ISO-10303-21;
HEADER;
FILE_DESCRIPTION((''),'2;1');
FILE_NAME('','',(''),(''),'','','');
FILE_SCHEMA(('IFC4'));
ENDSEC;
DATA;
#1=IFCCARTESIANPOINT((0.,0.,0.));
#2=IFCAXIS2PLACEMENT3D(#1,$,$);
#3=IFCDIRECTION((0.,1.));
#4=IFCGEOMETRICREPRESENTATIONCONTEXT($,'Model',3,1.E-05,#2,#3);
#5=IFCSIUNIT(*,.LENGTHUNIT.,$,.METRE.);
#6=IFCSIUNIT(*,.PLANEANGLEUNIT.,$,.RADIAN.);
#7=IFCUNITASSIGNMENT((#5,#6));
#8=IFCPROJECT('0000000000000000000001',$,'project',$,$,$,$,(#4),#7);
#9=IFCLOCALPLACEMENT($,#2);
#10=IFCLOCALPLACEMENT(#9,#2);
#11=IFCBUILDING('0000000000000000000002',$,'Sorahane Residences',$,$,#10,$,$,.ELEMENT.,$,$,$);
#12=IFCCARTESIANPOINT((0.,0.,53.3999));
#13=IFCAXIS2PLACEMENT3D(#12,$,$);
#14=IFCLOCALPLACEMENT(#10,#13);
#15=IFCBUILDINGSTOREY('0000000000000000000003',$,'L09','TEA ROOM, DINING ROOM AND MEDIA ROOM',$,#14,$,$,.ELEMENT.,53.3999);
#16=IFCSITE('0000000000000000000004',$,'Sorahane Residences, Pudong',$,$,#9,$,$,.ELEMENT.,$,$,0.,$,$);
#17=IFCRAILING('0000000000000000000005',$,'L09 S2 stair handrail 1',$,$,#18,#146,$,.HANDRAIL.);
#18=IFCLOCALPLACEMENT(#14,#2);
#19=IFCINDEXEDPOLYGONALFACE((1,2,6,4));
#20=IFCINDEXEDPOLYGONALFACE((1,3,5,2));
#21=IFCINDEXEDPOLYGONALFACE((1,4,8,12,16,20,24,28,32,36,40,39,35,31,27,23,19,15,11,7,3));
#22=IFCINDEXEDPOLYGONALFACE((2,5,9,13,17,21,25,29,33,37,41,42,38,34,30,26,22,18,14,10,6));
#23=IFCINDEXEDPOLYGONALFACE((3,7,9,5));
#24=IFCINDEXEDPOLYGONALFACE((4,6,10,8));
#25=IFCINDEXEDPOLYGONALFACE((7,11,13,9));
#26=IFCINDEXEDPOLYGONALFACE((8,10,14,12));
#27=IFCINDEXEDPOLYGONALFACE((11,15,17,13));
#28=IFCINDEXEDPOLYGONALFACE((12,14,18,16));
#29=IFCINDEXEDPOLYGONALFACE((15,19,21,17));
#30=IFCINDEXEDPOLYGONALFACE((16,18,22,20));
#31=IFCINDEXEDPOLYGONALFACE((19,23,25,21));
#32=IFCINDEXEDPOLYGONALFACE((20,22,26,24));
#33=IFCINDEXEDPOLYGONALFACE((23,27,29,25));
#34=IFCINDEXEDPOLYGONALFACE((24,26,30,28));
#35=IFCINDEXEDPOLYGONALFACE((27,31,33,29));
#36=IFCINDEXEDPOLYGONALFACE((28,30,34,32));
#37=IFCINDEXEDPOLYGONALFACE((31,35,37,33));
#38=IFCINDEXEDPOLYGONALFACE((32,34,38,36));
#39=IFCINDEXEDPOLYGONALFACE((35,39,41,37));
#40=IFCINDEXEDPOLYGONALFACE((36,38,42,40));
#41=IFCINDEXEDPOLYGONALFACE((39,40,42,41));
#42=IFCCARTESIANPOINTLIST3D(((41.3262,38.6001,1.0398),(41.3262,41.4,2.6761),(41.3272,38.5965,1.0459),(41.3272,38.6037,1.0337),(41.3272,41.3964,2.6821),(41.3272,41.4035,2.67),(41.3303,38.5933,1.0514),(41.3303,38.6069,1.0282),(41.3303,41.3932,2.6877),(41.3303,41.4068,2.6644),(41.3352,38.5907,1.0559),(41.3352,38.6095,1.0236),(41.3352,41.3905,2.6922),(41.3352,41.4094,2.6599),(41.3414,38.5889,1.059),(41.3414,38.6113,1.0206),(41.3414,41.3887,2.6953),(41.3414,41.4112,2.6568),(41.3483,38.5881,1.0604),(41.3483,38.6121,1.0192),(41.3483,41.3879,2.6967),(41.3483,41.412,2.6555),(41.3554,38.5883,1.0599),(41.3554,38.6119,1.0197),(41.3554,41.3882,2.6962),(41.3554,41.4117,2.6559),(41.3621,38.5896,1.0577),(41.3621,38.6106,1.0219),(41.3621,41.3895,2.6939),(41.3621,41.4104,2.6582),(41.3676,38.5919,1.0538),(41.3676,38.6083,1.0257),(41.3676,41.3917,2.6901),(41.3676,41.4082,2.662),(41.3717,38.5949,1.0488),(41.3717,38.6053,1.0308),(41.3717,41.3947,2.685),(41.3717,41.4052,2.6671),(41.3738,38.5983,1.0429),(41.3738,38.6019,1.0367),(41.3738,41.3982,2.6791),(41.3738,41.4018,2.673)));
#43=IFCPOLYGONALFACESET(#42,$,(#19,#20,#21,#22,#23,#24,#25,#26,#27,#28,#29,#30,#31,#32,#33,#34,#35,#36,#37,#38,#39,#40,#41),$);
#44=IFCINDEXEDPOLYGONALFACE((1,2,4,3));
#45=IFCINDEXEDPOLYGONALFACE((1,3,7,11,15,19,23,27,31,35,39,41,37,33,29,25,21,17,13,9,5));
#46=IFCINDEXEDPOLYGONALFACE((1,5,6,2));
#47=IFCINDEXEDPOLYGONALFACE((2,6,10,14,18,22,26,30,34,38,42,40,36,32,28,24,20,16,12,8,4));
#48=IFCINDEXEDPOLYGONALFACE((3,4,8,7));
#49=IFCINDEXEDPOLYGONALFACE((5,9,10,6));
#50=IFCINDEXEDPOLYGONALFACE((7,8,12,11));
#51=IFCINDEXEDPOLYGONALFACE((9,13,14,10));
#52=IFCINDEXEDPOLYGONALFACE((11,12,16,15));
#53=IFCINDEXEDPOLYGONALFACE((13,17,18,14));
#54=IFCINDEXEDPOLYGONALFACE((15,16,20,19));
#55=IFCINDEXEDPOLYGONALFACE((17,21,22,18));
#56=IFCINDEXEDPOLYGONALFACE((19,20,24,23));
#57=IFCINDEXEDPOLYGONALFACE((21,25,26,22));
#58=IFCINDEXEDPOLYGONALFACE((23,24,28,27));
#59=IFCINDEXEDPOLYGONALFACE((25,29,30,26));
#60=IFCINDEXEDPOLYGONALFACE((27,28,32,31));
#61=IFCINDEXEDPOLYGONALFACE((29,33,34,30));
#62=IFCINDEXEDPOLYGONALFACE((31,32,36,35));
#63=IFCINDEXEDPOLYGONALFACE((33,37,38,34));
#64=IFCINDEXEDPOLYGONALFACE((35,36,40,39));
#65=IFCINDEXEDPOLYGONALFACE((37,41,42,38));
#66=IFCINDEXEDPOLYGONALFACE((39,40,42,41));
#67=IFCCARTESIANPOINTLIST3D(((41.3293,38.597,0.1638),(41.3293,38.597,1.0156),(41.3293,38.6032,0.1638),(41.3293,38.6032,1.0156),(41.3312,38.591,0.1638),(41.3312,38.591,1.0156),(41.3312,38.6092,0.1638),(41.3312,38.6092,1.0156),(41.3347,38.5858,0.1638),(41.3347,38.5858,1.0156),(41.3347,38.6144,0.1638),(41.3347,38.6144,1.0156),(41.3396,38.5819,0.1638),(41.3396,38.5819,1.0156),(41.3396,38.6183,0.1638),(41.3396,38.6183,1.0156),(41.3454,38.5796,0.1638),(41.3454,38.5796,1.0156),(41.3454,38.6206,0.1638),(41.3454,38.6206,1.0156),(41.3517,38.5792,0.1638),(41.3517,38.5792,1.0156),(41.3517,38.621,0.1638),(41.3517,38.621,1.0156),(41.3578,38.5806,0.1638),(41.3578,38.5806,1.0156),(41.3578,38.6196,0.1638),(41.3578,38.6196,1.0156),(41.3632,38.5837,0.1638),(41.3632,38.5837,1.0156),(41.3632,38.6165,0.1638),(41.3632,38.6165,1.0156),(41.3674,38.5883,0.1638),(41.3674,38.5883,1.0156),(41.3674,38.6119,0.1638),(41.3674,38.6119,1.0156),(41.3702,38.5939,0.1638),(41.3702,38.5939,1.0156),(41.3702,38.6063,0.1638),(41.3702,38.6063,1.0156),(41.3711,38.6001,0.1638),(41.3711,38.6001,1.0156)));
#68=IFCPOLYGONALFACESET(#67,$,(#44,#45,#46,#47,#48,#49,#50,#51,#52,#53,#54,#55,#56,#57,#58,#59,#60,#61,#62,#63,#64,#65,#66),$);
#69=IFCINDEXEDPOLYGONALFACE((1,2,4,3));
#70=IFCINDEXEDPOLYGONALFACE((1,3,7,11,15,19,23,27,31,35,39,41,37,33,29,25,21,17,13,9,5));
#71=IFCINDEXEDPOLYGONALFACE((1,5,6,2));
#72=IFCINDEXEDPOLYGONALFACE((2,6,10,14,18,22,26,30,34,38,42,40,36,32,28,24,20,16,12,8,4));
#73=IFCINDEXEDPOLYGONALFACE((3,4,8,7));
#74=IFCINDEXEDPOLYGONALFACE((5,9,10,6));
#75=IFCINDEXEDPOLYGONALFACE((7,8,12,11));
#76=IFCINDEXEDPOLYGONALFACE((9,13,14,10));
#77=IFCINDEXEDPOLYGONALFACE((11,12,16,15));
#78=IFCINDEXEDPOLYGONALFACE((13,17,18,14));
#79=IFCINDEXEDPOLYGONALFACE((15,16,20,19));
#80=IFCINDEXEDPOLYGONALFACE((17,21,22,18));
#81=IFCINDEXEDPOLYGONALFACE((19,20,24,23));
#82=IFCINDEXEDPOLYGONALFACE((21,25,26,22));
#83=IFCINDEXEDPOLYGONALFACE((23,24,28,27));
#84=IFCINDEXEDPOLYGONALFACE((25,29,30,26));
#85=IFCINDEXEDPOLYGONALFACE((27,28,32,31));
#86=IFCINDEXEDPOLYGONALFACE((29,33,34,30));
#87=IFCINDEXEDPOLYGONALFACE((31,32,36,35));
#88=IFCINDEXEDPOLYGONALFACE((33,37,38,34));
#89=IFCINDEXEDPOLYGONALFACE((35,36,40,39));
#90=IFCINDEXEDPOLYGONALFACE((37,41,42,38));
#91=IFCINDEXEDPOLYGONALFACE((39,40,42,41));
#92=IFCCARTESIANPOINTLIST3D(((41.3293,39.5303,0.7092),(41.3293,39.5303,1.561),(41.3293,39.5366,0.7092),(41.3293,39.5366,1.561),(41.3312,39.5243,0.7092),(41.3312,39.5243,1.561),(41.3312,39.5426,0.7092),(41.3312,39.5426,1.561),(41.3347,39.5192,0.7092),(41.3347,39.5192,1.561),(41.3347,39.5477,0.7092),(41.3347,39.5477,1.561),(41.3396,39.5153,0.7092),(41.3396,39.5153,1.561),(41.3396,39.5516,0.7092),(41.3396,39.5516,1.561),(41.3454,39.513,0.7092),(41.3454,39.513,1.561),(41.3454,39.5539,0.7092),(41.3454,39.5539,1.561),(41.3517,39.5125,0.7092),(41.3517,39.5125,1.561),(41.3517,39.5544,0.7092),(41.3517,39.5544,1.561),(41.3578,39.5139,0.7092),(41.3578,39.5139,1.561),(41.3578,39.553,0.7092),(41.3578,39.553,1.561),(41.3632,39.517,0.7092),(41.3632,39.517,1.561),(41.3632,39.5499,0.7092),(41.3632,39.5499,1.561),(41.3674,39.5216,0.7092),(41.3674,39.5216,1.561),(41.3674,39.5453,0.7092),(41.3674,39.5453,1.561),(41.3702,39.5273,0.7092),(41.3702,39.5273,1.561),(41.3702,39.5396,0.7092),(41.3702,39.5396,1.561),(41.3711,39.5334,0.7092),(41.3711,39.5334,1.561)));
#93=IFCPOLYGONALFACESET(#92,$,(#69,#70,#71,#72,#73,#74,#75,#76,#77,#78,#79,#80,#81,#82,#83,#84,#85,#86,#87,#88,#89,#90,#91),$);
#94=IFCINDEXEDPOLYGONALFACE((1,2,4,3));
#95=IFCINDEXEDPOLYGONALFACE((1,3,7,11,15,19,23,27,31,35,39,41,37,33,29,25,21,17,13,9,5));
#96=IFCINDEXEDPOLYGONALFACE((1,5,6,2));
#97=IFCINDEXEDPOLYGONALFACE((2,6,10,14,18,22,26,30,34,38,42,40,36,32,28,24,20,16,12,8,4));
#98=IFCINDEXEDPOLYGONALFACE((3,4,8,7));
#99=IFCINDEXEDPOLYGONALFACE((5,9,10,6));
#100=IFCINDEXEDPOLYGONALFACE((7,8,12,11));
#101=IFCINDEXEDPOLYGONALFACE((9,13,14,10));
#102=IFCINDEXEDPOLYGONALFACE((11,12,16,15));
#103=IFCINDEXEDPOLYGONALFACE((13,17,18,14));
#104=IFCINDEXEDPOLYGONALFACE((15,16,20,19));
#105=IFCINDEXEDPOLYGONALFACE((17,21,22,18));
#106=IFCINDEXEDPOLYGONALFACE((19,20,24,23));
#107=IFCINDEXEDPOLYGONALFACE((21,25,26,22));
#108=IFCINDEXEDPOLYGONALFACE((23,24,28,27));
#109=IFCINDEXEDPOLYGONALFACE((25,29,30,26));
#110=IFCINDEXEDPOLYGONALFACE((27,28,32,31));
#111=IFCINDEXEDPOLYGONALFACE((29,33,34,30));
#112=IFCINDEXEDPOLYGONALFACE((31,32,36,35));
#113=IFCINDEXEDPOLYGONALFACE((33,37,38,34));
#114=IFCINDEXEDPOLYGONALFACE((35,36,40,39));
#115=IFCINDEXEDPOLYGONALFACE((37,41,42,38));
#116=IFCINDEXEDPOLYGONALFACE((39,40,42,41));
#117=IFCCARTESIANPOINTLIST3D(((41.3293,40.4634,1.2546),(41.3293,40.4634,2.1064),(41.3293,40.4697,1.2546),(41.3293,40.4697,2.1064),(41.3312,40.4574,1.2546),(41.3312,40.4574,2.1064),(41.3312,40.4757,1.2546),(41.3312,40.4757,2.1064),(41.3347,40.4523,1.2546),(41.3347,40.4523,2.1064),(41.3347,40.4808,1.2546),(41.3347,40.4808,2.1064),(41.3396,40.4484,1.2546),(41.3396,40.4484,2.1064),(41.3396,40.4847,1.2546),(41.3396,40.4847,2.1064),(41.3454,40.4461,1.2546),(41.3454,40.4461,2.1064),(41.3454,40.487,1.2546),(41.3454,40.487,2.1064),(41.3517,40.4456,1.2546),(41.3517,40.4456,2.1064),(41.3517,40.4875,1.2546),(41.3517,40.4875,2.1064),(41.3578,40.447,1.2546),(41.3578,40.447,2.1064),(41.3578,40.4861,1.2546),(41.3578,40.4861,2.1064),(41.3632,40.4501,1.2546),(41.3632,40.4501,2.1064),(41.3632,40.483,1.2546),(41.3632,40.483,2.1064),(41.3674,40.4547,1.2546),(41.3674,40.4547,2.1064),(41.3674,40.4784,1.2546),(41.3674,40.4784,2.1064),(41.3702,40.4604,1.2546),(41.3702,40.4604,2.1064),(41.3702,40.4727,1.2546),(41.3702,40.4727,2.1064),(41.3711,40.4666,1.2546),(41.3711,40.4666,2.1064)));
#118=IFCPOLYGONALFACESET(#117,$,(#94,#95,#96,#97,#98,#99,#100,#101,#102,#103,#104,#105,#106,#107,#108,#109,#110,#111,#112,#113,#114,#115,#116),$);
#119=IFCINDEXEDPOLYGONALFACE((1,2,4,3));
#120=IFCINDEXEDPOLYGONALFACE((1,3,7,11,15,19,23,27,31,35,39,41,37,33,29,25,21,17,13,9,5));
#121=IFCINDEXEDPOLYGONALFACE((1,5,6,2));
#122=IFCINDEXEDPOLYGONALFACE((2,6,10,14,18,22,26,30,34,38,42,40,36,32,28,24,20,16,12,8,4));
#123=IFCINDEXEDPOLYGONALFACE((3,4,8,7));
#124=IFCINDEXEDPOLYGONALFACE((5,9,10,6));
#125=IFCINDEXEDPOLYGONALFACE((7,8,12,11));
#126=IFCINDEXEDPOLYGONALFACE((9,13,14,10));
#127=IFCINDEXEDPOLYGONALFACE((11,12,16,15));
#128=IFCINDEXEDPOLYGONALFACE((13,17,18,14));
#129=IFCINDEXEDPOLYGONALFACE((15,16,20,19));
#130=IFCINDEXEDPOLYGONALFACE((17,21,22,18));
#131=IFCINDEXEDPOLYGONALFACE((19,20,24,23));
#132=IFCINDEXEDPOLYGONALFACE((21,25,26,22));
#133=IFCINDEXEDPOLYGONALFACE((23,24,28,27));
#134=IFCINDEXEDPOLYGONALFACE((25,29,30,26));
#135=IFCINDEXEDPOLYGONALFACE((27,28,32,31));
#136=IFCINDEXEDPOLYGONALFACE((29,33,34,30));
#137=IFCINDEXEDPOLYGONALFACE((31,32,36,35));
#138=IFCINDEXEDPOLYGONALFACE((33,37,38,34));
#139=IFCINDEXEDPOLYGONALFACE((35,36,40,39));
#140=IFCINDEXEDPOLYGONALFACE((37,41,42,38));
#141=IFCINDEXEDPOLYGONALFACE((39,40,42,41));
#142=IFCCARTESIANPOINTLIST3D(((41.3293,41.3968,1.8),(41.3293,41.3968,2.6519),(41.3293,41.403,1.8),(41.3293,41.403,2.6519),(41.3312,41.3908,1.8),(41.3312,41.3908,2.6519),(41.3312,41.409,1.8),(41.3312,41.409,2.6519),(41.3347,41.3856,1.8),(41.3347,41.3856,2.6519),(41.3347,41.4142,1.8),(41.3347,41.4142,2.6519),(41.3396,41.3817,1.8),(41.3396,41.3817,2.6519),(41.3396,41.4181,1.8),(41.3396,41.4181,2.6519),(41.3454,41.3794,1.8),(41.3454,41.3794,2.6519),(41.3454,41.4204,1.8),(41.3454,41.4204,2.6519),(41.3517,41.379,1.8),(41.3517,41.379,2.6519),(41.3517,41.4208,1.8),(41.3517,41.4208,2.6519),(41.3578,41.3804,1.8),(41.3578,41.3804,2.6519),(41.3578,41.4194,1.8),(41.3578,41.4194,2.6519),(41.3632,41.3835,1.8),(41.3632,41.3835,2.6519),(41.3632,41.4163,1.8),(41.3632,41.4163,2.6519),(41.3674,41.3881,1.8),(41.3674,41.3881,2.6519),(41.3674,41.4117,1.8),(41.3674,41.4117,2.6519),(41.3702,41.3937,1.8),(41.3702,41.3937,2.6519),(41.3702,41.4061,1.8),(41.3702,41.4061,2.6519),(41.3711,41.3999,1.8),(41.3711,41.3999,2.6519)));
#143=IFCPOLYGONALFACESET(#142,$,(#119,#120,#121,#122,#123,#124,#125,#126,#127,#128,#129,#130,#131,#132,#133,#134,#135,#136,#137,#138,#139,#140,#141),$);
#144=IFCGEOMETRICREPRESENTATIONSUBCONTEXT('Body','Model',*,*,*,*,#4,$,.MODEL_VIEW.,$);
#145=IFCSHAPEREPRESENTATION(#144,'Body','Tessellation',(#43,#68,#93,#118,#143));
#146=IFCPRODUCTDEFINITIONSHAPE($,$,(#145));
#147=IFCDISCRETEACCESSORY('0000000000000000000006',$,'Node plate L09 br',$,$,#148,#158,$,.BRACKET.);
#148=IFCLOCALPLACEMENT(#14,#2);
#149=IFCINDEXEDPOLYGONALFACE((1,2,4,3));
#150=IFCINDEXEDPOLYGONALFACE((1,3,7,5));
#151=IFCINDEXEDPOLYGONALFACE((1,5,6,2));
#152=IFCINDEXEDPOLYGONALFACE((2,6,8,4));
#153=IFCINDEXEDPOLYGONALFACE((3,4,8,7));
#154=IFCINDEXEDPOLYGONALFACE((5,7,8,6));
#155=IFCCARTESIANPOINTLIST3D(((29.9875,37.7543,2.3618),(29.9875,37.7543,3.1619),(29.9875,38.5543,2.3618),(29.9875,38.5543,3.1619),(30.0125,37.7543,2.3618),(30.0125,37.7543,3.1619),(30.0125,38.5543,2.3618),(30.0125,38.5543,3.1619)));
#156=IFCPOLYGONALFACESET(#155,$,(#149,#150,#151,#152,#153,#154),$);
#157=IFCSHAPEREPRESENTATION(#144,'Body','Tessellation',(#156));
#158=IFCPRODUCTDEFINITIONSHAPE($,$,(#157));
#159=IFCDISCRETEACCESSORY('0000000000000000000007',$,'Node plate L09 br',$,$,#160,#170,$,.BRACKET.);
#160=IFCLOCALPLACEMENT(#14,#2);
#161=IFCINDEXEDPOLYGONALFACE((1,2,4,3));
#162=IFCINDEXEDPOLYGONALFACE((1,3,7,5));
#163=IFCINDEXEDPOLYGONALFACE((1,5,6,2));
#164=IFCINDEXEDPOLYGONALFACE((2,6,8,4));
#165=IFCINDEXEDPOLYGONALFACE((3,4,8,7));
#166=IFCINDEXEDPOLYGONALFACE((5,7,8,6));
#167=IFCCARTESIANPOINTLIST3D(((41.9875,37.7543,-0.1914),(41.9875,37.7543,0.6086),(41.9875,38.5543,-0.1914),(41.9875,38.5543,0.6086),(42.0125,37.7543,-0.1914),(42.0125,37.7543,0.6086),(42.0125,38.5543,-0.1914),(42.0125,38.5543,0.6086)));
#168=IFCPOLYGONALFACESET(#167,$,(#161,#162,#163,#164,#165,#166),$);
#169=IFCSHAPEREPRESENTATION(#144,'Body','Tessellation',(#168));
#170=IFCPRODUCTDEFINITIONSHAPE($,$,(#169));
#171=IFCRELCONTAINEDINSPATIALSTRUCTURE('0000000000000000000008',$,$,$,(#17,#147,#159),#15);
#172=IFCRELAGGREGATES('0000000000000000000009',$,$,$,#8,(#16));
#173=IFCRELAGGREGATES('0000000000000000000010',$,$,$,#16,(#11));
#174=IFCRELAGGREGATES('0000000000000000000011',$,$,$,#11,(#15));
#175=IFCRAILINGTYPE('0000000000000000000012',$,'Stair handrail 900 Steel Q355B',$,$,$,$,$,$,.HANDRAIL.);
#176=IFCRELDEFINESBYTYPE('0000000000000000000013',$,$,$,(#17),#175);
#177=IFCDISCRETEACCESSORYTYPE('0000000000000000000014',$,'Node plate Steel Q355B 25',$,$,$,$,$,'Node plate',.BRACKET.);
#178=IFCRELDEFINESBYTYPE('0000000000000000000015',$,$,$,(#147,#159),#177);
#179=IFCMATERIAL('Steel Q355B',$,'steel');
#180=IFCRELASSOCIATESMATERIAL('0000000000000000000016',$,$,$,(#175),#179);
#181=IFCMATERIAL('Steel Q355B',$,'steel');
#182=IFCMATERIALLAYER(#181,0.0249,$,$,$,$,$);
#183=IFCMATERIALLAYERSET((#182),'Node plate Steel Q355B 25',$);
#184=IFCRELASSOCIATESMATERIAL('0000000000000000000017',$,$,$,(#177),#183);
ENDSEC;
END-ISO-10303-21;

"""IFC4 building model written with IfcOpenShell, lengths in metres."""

from ifc_helpers import new_model, si_unit, direction, frame, origin, origin_2d, place, context, subcontext, project, spatial, rectangle, circle, extrude, material, layer, layer_set, type_object, element, save


model = new_model("IFC4")

# Units and contexts
model_context = context("Model", 3, precision=1e-05, world=origin(), true_north=direction((0.0, 1.0)))
body_context = subcontext(model_context, "Body", "Model", "MODEL_VIEW")
ifc_project = project(units=[si_unit("LENGTHUNIT", "METRE"), si_unit("PLANEANGLEUNIT", "RADIAN")], contexts=[model_context])

# Site, building, storey
site_placement = place(None, origin())
site = spatial("IfcSite", under=ifc_project, at=site_placement, Name="Sorahane Residences, Pudong", CompositionType="ELEMENT", RefElevation=0.0)
building_placement = place(site_placement, origin())
building = spatial("IfcBuilding", under=site, at=building_placement, Name="Sorahane Residences", CompositionType="ELEMENT")
storey_placement = place(building_placement, frame((0.0, 0.0, 53.3999)))
storey = spatial("IfcBuildingStorey", under=building, at=storey_placement, Name="L09", Description="TEA ROOM, DINING ROOM AND MEDIA ROOM", CompositionType="ELEMENT", Elevation=53.3999)

# Railing
ifc_material_1 = material(Name="Steel Q355B", Category="steel")
railing_type_1 = type_object("IfcRailingType", Name="Stair handrail 900 Steel Q355B", PredefinedType="HANDRAIL", material=ifc_material_1)
railing_1_placement = place(storey_placement, frame((41.3501, 38.6001, 0.1638)))
element("IfcRailing", 1, at=railing_1_placement, inside=storey, type_object=railing_type_1, Name="L09 S2 stair handrail 1", PredefinedType="HANDRAIL", context=body_context, shape_type="SweptSolid", body=[
    extrude(circle(Radius=0.0239, at=origin_2d()), frame((0.0, 0.0, 0.876), z_axis=(0.0, 0.863374, 0.504564), x_axis=(-1.0, 0.0, 0.0)), (0.0, 0.0, 1.0), 3.2429),
    extrude(circle(Radius=0.021, at=origin_2d()), origin(), (0.0, 0.0, 1.0), 0.8518),
    extrude(circle(Radius=0.021, at=origin_2d()), frame((0.0, 0.9333, 0.5454)), (0.0, 0.0, 1.0), 0.8518),
    extrude(circle(Radius=0.021, at=origin_2d()), frame((0.0, 1.8665, 1.0908)), (0.0, 0.0, 1.0), 0.8518),
    extrude(circle(Radius=0.021, at=origin_2d()), frame((0.0, 2.7998, 1.6362)), (0.0, 0.0, 1.0), 0.8518),
])

# Discrete accessories
ifc_material_2 = material(Name="Steel Q355B", Category="steel")
ifc_layer_1 = layer(ifc_material_2, 0.0249)
ifc_layer_set_1 = layer_set([ifc_layer_1], Name="Node plate Steel Q355B 25")
discrete_accessory_type = type_object("IfcDiscreteAccessoryType", Name="Node plate Steel Q355B 25", ElementType="Node plate", PredefinedType="BRACKET", material=ifc_layer_set_1)
for number, where, z_axis, x_axis, name in (
    (2, (30.0, 38.1543, 2.3618), (0.0, 0.0, 1.0), (0.0, 1.0, 0.0), "Node plate L09 br"),
    (3, (42.0, 38.1543, -0.1914), (0.0, 0.0, 1.0), (0.0, 1.0, 0.0), "Node plate L09 br"),
):
    element("IfcDiscreteAccessory", number, at=place(storey_placement, frame(where, z_axis=z_axis, x_axis=x_axis)), inside=storey, type_object=discrete_accessory_type, Name=name, PredefinedType="BRACKET", context=body_context, shape_type="SweptSolid", body=[
        extrude(rectangle(XDim=0.8, YDim=0.0249, at=origin_2d()), origin(), (0.0, 0.0, 1.0), 0.8),
    ])

save(model, "model.ifc")
